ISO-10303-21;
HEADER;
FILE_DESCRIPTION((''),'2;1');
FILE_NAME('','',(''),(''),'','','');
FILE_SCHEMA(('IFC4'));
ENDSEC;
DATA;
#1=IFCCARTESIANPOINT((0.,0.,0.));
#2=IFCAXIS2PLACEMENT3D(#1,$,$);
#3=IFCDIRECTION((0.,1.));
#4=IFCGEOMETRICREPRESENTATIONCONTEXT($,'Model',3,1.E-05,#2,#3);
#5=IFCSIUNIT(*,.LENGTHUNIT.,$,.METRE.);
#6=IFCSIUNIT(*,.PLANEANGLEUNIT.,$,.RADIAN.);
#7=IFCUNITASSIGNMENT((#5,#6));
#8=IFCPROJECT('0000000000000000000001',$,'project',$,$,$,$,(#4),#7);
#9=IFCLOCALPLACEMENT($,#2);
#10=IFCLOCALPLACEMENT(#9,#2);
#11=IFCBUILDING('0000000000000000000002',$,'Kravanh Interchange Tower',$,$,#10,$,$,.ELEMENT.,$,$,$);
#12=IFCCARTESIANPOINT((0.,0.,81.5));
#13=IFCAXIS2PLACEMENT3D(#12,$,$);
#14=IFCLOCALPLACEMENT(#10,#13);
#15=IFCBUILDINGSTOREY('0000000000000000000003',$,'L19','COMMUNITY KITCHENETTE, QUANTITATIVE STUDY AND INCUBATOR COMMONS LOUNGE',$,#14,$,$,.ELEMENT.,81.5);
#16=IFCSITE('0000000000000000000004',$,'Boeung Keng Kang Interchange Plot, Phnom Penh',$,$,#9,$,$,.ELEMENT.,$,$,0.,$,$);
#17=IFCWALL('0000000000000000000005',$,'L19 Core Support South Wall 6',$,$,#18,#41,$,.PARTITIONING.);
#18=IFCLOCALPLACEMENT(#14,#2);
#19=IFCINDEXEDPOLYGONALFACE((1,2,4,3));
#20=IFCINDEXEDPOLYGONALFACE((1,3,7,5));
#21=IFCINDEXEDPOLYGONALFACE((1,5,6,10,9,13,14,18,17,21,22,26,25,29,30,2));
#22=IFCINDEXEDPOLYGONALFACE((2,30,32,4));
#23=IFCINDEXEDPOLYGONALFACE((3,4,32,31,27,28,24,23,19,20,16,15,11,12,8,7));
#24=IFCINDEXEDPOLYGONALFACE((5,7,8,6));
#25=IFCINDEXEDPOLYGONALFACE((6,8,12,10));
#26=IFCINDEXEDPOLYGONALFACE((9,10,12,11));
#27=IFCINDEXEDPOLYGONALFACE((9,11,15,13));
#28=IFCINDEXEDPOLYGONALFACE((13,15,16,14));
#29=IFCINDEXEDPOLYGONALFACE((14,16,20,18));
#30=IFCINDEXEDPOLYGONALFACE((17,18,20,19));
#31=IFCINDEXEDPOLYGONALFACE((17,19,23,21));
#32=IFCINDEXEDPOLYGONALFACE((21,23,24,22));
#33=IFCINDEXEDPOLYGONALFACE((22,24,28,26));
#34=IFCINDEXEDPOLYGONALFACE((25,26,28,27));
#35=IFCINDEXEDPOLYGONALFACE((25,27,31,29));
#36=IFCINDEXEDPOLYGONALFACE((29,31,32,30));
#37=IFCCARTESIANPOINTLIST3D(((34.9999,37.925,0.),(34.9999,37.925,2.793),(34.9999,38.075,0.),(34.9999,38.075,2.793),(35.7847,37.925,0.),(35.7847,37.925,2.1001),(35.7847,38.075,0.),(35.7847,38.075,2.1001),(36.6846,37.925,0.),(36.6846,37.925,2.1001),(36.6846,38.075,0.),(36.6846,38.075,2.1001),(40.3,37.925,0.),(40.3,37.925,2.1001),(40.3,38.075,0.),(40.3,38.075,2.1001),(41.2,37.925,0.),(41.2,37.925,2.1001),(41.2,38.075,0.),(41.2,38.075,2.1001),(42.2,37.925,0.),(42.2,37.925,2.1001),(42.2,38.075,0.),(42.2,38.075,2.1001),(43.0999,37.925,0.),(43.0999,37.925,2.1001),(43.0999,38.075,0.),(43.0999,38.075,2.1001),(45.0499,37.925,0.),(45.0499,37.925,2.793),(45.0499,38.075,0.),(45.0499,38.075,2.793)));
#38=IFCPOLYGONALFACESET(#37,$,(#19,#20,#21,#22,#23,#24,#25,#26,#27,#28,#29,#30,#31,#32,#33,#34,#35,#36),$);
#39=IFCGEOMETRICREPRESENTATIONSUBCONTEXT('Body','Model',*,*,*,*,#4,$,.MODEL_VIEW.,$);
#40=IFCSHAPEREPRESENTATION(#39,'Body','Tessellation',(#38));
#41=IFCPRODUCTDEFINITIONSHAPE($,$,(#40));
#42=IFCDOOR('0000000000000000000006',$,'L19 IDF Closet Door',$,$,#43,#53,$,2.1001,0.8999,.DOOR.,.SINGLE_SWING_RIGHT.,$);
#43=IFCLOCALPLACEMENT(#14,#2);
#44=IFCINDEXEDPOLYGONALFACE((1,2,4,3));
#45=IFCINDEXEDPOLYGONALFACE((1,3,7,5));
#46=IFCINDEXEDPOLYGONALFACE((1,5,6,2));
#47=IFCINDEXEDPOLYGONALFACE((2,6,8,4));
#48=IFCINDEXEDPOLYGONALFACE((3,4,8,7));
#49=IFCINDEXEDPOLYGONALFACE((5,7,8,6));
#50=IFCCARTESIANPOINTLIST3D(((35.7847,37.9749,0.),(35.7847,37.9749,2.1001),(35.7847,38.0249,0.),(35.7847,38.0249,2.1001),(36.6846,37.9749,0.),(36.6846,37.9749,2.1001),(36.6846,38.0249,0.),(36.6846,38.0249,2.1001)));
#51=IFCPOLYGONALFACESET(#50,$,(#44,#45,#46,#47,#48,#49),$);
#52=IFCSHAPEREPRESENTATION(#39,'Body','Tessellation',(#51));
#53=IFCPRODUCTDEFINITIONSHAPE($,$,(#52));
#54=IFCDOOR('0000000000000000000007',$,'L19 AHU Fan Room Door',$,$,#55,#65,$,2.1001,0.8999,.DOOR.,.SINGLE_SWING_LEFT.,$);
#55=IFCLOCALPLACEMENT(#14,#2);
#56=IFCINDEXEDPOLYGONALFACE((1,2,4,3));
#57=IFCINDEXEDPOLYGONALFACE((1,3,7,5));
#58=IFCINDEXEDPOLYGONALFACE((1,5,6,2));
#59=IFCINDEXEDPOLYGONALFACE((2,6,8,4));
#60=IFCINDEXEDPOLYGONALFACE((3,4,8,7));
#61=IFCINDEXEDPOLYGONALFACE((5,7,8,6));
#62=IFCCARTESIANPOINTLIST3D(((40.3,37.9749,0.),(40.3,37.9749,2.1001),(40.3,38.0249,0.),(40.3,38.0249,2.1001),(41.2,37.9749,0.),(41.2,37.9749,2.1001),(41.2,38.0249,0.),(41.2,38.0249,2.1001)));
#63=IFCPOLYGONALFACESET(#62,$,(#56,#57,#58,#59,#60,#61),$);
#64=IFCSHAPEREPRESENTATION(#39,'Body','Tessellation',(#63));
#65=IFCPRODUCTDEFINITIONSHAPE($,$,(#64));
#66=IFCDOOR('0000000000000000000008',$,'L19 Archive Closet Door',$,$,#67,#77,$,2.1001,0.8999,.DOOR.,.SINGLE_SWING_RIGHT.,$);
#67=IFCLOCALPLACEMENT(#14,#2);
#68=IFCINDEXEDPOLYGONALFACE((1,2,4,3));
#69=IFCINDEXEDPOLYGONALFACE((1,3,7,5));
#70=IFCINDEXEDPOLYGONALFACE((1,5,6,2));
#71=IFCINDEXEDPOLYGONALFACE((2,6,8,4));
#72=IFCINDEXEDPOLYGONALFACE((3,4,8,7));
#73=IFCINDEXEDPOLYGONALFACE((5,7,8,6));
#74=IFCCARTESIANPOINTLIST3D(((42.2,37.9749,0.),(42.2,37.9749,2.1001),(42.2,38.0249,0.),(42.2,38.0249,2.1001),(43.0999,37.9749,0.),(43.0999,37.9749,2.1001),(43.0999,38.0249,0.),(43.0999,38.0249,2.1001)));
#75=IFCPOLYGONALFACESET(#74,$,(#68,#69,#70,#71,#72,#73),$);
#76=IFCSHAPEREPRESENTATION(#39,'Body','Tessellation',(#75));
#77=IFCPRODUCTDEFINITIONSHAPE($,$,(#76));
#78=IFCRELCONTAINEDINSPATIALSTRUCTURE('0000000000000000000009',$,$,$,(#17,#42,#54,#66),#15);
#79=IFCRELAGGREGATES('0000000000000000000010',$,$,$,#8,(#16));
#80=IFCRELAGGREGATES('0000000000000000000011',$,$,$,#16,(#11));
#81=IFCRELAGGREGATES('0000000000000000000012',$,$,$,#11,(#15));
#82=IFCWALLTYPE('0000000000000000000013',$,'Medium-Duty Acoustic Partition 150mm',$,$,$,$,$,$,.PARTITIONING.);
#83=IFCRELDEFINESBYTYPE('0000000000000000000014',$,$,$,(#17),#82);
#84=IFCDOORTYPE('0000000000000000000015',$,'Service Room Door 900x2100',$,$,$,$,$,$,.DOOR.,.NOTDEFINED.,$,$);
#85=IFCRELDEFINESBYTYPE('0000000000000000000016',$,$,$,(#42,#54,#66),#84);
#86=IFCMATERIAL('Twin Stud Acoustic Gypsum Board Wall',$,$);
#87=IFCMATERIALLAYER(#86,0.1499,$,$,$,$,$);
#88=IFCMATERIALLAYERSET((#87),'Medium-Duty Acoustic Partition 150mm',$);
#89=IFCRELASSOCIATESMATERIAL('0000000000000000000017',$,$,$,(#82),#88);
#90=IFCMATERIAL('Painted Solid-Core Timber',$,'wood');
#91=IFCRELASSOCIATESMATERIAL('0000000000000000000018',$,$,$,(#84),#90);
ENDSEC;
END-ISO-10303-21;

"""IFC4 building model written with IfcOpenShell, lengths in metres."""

from ifc_helpers import new_model, si_unit, direction, frame, frame_2d, origin, place, context, subcontext, project, spatial, rectangle, extrude, material, layer, layer_set, type_object, element, fill, save


model = new_model("IFC4")

# Units and contexts
model_context = context("Model", 3, precision=1e-05, world=origin(), true_north=direction((0.0, 1.0)))
body_context = subcontext(model_context, "Body", "Model", "MODEL_VIEW")
ifc_project = project(units=[si_unit("LENGTHUNIT", "METRE"), si_unit("PLANEANGLEUNIT", "RADIAN")], contexts=[model_context])

# Site, building, storey
site_placement = place(None, origin())
site = spatial("IfcSite", under=ifc_project, at=site_placement, Name="Boeung Keng Kang Interchange Plot, Phnom Penh", CompositionType="ELEMENT", RefElevation=0.0)
building_placement = place(site_placement, origin())
building = spatial("IfcBuilding", under=site, at=building_placement, Name="Kravanh Interchange Tower", CompositionType="ELEMENT")
storey_placement = place(building_placement, frame((0.0, 0.0, 81.5)))
storey = spatial("IfcBuildingStorey", under=building, at=storey_placement, Name="L19", Description="COMMUNITY KITCHENETTE, QUANTITATIVE STUDY AND INCUBATOR COMMONS LOUNGE", CompositionType="ELEMENT", Elevation=81.5)

# Wall, openings, doors
ifc_material_1 = material(Name="Twin Stud Acoustic Gypsum Board Wall")
ifc_layer_1 = layer(ifc_material_1, 0.1499)
ifc_layer_set_1 = layer_set([ifc_layer_1], Name="Medium-Duty Acoustic Partition 150mm")
wall_type_1 = type_object("IfcWallType", Name="Medium-Duty Acoustic Partition 150mm", PredefinedType="PARTITIONING", material=ifc_layer_set_1)
wall_1_placement = place(storey_placement, frame((35.0, 38.0, 0.0), z_axis=(0.0, 0.0, 1.0), x_axis=(1.0, 0.0, 0.0)))
wall_1 = element("IfcWall", 1, at=wall_1_placement, inside=storey, type_object=wall_type_1, Name="L19 Core Support South Wall 6", PredefinedType="PARTITIONING", context=body_context, shape_type="SweptSolid", body=[
    extrude(rectangle(XDim=10.05, YDim=0.1499, at=frame_2d((5.0249, 0.0))), origin(), (0.0, 0.0, 1.0), 2.793),
])
opening_1_placement = place(wall_1_placement, frame((0.7847, 0.0, 0.0)))
opening_1 = element("IfcOpeningElement", 2, at=opening_1_placement, cuts=wall_1, PredefinedType="OPENING", context=body_context, shape_type="SweptSolid", body=[
    extrude(rectangle(XDim=0.8999, YDim=2.1001, at=frame_2d((0.45, 1.05))), frame((0.0, 0.085, 0.0), z_axis=(0.0, -1.0, 0.0), x_axis=(1.0, 0.0, 0.0)), (0.0, 0.0, 1.0), 0.1699),
])
opening_2_placement = place(wall_1_placement, frame((5.3, 0.0, 0.0)))
opening_2 = element("IfcOpeningElement", 3, at=opening_2_placement, cuts=wall_1, PredefinedType="OPENING", context=body_context, shape_type="SweptSolid", body=[
    extrude(rectangle(XDim=0.8999, YDim=2.1001, at=frame_2d((0.45, 1.05))), frame((0.0, 0.085, 0.0), z_axis=(0.0, -1.0, 0.0), x_axis=(1.0, 0.0, 0.0)), (0.0, 0.0, 1.0), 0.1699),
])
opening_3_placement = place(wall_1_placement, frame((7.2, 0.0, 0.0)))
opening_3 = element("IfcOpeningElement", 4, at=opening_3_placement, cuts=wall_1, PredefinedType="OPENING", context=body_context, shape_type="SweptSolid", body=[
    extrude(rectangle(XDim=0.8999, YDim=2.1001, at=frame_2d((0.45, 1.05))), frame((0.0, 0.085, 0.0), z_axis=(0.0, -1.0, 0.0), x_axis=(1.0, 0.0, 0.0)), (0.0, 0.0, 1.0), 0.1699),
])
ifc_material_2 = material(Name="Painted Solid-Core Timber", Category="wood")
door_type = type_object("IfcDoorType", Name="Service Room Door 900x2100", OperationType="NOTDEFINED", PredefinedType="DOOR", material=ifc_material_2)
door_1_placement = place(opening_1_placement, origin())
door_1 = element("IfcDoor", 5, at=door_1_placement, inside=storey, type_object=door_type, Name="L19 IDF Closet Door", OperationType="SINGLE_SWING_RIGHT", OverallHeight=2.1001, OverallWidth=0.8999, PredefinedType="DOOR", context=body_context, shape_type="SweptSolid", body=[
    extrude(rectangle(XDim=0.8999, YDim=2.1001, at=frame_2d((0.45, 1.05))), frame((0.0, 0.0249, 0.0), z_axis=(0.0, -1.0, 0.0), x_axis=(1.0, 0.0, 0.0)), (0.0, 0.0, 1.0), 0.05),
])
fill(opening_1, door_1)
door_2_placement = place(opening_2_placement, origin())
door_2 = element("IfcDoor", 6, at=door_2_placement, inside=storey, type_object=door_type, Name="L19 AHU Fan Room Door", OperationType="SINGLE_SWING_LEFT", OverallHeight=2.1001, OverallWidth=0.8999, PredefinedType="DOOR", context=body_context, shape_type="SweptSolid", body=[
    extrude(rectangle(XDim=0.8999, YDim=2.1001, at=frame_2d((0.45, 1.05))), frame((0.0, 0.0249, 0.0), z_axis=(0.0, -1.0, 0.0), x_axis=(1.0, 0.0, 0.0)), (0.0, 0.0, 1.0), 0.05),
])
fill(opening_2, door_2)
door_3_placement = place(opening_3_placement, origin())
door_3 = element("IfcDoor", 7, at=door_3_placement, inside=storey, type_object=door_type, Name="L19 Archive Closet Door", OperationType="SINGLE_SWING_RIGHT", OverallHeight=2.1001, OverallWidth=0.8999, PredefinedType="DOOR", context=body_context, shape_type="SweptSolid", body=[
    extrude(rectangle(XDim=0.8999, YDim=2.1001, at=frame_2d((0.45, 1.05))), frame((0.0, 0.0249, 0.0), z_axis=(0.0, -1.0, 0.0), x_axis=(1.0, 0.0, 0.0)), (0.0, 0.0, 1.0), 0.05),
])
fill(opening_3, door_3)

save(model, "model.ifc")
